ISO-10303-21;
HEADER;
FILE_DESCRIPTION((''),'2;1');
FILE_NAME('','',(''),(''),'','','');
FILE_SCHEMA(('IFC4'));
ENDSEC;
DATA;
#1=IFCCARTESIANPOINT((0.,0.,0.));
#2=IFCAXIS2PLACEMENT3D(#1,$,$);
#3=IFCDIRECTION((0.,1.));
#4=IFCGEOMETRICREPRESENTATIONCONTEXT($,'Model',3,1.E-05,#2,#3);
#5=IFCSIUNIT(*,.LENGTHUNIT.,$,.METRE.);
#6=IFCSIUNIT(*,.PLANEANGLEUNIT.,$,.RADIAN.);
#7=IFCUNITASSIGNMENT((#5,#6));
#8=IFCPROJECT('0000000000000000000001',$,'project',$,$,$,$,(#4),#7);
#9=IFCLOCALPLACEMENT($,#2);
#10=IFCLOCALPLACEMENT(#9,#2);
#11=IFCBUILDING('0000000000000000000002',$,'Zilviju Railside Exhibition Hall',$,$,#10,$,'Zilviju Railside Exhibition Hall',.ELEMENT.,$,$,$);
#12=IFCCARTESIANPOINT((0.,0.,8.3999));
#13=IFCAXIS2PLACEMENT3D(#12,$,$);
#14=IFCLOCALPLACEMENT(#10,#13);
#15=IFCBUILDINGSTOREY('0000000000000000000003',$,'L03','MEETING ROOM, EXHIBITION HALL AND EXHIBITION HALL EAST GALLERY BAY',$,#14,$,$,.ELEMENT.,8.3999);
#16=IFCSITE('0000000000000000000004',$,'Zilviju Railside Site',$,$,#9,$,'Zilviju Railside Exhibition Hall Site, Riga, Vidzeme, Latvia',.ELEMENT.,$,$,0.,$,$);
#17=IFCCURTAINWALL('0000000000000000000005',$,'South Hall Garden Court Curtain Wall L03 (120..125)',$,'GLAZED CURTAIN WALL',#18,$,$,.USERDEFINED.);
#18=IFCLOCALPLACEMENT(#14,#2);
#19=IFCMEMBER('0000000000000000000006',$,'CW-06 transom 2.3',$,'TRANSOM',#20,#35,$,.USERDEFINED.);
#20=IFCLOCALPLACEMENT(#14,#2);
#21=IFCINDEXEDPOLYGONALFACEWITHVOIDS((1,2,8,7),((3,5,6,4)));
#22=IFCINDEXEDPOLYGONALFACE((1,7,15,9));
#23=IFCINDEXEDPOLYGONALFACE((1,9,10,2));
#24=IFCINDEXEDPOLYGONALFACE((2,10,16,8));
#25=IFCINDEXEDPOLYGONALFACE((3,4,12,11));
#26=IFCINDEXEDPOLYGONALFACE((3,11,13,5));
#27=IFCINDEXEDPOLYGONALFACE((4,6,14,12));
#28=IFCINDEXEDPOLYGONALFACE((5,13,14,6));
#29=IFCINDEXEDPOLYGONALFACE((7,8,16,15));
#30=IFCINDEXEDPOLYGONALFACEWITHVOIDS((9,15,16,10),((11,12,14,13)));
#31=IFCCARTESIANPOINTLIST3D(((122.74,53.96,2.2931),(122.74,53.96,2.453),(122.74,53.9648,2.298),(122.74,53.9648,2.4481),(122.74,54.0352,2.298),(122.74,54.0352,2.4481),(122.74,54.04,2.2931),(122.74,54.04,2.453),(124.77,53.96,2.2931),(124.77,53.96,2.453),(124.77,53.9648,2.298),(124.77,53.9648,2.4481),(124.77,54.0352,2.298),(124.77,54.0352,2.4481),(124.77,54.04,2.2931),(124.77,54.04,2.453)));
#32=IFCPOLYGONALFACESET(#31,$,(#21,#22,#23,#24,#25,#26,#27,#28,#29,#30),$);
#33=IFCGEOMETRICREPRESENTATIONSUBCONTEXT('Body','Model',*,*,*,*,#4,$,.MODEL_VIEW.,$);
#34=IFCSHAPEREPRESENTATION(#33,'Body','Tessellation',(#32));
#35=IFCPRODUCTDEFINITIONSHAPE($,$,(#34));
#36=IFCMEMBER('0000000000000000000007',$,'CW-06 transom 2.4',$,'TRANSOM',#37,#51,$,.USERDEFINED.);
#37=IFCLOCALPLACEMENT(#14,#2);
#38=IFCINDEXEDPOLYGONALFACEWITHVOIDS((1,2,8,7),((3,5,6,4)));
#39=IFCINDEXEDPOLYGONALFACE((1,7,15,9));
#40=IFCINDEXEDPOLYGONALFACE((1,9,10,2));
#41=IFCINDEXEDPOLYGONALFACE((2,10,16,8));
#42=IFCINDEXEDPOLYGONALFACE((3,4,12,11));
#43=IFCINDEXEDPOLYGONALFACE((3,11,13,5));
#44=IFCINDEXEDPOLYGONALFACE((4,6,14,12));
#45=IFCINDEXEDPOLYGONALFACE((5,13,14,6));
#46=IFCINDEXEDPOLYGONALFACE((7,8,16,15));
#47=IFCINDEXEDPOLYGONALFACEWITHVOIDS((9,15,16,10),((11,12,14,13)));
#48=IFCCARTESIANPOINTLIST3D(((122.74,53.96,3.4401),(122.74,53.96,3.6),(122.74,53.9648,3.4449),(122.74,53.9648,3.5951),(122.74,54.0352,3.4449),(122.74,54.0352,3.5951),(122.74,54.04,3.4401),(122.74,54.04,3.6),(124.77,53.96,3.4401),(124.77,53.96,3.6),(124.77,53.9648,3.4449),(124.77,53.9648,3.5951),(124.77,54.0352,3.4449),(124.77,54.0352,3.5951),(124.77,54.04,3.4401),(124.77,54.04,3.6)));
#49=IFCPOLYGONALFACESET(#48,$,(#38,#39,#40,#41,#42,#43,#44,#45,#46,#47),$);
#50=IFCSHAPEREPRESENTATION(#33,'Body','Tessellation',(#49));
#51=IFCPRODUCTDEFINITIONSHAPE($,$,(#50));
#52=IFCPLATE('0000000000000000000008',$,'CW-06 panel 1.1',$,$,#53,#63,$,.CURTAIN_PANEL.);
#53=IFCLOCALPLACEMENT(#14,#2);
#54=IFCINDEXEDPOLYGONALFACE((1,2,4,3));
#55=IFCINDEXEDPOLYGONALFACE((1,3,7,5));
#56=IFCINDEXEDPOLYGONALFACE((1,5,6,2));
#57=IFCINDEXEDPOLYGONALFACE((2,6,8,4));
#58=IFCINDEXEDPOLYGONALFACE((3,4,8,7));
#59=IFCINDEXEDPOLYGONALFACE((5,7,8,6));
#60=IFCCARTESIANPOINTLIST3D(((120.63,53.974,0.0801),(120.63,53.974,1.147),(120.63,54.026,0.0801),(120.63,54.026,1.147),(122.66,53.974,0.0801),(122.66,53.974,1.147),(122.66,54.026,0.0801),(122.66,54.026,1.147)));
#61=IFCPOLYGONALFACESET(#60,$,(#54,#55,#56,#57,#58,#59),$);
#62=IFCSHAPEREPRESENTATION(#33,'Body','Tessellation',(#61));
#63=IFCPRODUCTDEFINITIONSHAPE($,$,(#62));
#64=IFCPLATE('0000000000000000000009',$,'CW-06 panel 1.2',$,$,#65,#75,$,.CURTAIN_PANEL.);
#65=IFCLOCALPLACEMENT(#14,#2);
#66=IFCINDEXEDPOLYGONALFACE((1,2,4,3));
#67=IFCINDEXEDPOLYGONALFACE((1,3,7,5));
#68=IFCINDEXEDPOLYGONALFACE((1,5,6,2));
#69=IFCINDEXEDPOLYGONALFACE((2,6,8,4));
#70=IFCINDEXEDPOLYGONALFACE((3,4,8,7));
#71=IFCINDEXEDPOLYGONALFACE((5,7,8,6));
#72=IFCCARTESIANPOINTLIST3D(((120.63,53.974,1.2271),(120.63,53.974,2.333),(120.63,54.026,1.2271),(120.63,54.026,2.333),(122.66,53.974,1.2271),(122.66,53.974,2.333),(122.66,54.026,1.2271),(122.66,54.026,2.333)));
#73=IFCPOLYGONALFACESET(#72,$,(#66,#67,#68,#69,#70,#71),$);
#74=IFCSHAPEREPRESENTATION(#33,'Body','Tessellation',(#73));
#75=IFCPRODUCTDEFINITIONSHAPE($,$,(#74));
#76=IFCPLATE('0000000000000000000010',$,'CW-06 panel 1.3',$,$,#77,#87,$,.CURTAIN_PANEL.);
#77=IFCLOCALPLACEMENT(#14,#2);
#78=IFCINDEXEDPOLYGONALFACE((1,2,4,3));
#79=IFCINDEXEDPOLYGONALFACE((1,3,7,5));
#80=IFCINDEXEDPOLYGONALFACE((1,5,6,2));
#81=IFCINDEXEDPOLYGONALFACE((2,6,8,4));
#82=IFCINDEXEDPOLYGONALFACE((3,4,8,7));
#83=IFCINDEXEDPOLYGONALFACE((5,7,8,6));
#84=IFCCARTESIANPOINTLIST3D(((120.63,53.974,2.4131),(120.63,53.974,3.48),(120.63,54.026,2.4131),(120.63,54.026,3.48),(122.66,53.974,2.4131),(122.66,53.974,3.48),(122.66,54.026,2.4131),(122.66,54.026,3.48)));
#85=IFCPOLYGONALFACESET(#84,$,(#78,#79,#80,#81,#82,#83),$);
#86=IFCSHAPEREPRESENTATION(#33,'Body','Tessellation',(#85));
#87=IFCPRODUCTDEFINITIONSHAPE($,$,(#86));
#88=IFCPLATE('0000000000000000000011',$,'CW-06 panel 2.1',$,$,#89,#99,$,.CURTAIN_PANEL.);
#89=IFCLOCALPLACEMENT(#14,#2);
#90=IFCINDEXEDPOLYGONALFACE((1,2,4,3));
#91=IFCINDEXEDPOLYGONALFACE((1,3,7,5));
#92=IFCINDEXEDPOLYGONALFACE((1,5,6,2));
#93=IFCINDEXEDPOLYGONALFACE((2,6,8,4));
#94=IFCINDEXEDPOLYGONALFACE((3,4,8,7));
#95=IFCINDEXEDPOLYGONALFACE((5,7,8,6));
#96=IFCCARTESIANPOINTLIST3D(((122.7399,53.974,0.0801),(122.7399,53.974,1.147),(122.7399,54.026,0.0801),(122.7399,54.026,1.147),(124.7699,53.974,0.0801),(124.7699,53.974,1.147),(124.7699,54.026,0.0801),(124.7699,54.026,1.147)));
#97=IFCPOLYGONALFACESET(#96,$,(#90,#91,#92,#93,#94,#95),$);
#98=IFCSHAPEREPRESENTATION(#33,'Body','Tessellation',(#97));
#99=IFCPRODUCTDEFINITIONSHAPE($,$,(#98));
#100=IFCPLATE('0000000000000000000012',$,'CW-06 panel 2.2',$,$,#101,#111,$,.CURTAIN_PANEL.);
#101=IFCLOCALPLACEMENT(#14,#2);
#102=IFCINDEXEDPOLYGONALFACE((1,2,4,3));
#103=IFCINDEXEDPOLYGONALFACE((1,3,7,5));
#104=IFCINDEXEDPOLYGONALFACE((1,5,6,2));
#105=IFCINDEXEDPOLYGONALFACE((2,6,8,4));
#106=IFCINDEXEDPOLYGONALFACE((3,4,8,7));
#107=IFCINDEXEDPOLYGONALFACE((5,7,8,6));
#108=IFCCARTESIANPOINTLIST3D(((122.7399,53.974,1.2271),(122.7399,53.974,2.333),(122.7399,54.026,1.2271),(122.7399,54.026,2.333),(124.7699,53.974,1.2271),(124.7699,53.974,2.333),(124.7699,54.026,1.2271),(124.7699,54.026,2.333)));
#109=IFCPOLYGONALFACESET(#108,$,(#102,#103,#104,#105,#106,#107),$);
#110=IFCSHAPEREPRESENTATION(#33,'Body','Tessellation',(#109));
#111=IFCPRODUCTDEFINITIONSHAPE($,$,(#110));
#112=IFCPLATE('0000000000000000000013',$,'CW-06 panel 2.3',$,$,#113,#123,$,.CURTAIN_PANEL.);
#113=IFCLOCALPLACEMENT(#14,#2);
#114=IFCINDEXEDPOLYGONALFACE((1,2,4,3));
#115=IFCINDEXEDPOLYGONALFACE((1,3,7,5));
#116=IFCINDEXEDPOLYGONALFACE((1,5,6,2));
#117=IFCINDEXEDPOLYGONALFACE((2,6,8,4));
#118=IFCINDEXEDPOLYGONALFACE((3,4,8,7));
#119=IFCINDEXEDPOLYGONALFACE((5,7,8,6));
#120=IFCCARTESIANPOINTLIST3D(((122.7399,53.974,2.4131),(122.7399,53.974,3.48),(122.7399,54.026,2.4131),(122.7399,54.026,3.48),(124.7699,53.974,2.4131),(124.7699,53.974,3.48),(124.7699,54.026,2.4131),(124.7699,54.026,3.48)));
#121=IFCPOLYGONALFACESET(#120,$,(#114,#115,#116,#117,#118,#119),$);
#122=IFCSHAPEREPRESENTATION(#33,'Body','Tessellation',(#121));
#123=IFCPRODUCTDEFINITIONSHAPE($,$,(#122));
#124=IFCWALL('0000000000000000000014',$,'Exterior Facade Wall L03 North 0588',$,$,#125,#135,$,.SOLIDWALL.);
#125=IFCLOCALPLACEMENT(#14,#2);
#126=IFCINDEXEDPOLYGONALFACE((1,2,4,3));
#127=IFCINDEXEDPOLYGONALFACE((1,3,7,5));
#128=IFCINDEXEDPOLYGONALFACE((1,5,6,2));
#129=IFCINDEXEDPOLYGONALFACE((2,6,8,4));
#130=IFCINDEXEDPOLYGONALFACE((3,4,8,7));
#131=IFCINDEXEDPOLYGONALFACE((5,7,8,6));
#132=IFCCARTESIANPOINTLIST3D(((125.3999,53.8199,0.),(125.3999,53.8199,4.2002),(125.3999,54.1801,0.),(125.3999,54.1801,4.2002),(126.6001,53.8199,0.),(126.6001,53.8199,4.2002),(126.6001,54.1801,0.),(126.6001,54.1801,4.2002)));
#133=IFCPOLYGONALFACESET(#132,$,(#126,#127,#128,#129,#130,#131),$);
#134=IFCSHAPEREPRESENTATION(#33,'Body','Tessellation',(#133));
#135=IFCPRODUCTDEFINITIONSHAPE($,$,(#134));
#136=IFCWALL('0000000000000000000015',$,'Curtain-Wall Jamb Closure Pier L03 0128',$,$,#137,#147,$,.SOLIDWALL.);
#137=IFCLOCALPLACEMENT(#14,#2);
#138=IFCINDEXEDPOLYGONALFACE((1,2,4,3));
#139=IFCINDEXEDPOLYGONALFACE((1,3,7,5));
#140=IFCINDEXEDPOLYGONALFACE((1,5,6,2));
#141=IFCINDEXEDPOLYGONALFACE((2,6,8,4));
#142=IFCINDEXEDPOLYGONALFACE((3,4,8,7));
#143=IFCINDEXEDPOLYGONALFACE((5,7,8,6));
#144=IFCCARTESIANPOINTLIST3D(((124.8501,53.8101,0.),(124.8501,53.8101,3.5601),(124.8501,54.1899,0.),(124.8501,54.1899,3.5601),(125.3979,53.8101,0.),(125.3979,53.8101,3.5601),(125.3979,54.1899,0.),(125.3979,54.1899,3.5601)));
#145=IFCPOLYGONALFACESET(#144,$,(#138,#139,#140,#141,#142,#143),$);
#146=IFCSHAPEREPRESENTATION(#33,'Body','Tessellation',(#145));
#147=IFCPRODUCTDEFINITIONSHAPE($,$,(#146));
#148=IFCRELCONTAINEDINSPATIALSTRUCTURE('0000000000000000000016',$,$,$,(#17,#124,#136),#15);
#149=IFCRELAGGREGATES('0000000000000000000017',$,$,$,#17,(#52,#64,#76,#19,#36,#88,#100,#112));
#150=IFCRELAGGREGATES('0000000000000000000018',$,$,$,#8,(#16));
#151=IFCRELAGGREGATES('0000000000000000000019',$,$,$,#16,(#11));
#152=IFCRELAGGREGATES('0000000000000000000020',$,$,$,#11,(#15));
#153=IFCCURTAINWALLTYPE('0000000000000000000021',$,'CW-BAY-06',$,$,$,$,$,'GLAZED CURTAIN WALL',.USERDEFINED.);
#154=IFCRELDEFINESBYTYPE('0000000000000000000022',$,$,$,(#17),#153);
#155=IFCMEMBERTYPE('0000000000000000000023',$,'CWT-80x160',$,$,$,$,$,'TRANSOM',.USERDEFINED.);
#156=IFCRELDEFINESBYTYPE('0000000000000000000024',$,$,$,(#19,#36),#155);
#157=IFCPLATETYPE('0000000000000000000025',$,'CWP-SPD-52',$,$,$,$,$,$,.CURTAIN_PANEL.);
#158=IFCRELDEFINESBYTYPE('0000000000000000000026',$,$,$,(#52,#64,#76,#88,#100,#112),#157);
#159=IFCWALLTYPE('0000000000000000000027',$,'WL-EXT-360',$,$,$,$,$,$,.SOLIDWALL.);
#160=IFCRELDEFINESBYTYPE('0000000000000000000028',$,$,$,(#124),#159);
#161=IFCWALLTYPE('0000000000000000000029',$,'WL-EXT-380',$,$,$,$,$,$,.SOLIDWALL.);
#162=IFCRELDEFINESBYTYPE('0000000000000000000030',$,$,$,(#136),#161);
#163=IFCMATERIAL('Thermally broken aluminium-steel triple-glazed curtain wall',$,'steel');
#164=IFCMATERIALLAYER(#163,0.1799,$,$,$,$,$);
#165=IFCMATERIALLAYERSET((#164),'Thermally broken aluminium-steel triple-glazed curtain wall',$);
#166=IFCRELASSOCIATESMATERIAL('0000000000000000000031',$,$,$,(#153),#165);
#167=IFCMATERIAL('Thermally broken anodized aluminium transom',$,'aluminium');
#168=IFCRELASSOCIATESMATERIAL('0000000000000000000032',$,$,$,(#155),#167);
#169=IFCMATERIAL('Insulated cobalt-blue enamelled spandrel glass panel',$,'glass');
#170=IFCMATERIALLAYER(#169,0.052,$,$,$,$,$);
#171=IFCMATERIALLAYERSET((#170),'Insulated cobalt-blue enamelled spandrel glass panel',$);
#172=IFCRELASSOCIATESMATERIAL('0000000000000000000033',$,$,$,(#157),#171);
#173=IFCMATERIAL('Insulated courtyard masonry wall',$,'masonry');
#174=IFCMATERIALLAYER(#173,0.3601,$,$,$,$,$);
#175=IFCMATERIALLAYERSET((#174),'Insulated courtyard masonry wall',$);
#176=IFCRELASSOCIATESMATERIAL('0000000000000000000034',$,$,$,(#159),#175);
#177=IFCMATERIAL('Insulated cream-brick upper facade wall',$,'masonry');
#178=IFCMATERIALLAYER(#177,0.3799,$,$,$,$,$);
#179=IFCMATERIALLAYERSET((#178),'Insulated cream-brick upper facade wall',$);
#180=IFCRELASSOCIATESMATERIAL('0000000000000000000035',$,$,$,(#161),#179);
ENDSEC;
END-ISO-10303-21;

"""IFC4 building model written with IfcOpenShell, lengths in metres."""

from ifc_helpers import new_model, si_unit, direction, frame, frame_2d, origin, origin_2d, place, context, subcontext, project, spatial, rectangle, hollow_rectangle, extrude, material, layer, layer_set, material_profile, profile_set, type_object, element, aggregate, save


model = new_model("IFC4")

# Units and contexts
model_context = context("Model", 3, precision=1e-05, world=origin(), true_north=direction((0.0, 1.0)))
body_context = subcontext(model_context, "Body", "Model", "MODEL_VIEW")
ifc_project = project(units=[si_unit("LENGTHUNIT", "METRE"), si_unit("PLANEANGLEUNIT", "RADIAN")], contexts=[model_context])

# Site, building, storey
site_placement = place(None, origin())
site = spatial("IfcSite", under=ifc_project, at=site_placement, Name="Zilviju Railside Site", LongName="Zilviju Railside Exhibition Hall Site, Riga, Vidzeme, Latvia", CompositionType="ELEMENT", RefElevation=0.0)
building_placement = place(site_placement, origin())
building = spatial("IfcBuilding", under=site, at=building_placement, Name="Zilviju Railside Exhibition Hall", LongName="Zilviju Railside Exhibition Hall", CompositionType="ELEMENT")
storey_placement = place(building_placement, frame((0.0, 0.0, 8.3999)))
storey = spatial("IfcBuildingStorey", under=building, at=storey_placement, Name="L03", Description="MEETING ROOM, EXHIBITION HALL AND EXHIBITION HALL EAST GALLERY BAY", CompositionType="ELEMENT", Elevation=8.3999)

# Curtain wall, members, plates
ifc_material_1 = material(Name="Thermally broken aluminium-steel triple-glazed curtain wall", Category="steel")
ifc_layer_1 = layer(ifc_material_1, 0.1799)
ifc_layer_set_1 = layer_set([ifc_layer_1], Name="Thermally broken aluminium-steel triple-glazed curtain wall")
curtain_wall_type = type_object("IfcCurtainWallType", Name="CW-BAY-06", ElementType="GLAZED CURTAIN WALL", PredefinedType="USERDEFINED", material=ifc_layer_set_1)
curtain_wall_placement = place(storey_placement, origin())
curtain_wall = element("IfcCurtainWall", 1, at=curtain_wall_placement, inside=storey, type_object=curtain_wall_type, Name="South Hall Garden Court Curtain Wall L03 (120..125)", ObjectType="GLAZED CURTAIN WALL", PredefinedType="USERDEFINED")
ifc_material_2 = material(Name="Thermally broken anodized aluminium transom", Category="aluminium")
ifc_material_profile_1 = material_profile(ifc_material_2, hollow_rectangle(XDim=0.0801, YDim=0.1599, WallThickness=0.0049, at=origin_2d()), Name="TRANSOM 160x80x5")
ifc_profile_set_1 = profile_set([ifc_material_profile_1], Name="Thermally broken anodized aluminium transom")
member_type_1 = type_object("IfcMemberType", Name="CWT-80x160", ElementType="TRANSOM", PredefinedType="USERDEFINED", material=ifc_profile_set_1)
member_1_placement = place(storey_placement, frame((122.74, 54.0, 2.373), z_axis=(1.0, 0.0, 0.0), x_axis=(0.0, 1.0, 0.0)))
member_1 = element("IfcMember", 2, at=member_1_placement, type_object=member_type_1, Name="CW-06 transom 2.3", ObjectType="TRANSOM", PredefinedType="USERDEFINED", context=body_context, shape_type="SweptSolid", body=[
    extrude(hollow_rectangle(XDim=0.0801, YDim=0.1599, WallThickness=0.0049, at=origin_2d()), origin(), (0.0, 0.0, 1.0), 2.03),
])
member_2_placement = place(storey_placement, frame((122.74, 54.0, 3.52), z_axis=(1.0, 0.0, 0.0), x_axis=(0.0, 1.0, 0.0)))
member_2 = element("IfcMember", 3, at=member_2_placement, type_object=member_type_1, Name="CW-06 transom 2.4", ObjectType="TRANSOM", PredefinedType="USERDEFINED", context=body_context, shape_type="SweptSolid", body=[
    extrude(hollow_rectangle(XDim=0.0801, YDim=0.1599, WallThickness=0.0049, at=origin_2d()), origin(), (0.0, 0.0, 1.0), 2.03),
])
ifc_material_3 = material(Name="Insulated cobalt-blue enamelled spandrel glass panel", Category="glass")
ifc_layer_2 = layer(ifc_material_3, 0.052)
ifc_layer_set_2 = layer_set([ifc_layer_2], Name="Insulated cobalt-blue enamelled spandrel glass panel")
plate_type = type_object("IfcPlateType", Name="CWP-SPD-52", PredefinedType="CURTAIN_PANEL", material=ifc_layer_set_2)
plate_1_placement = place(storey_placement, frame((121.645, 54.0, 0.0801), z_axis=(0.0, 0.0, 1.0), x_axis=(1.0, 0.0, 0.0)))
plate_1 = element("IfcPlate", 4, at=plate_1_placement, type_object=plate_type, Name="CW-06 panel 1.1", PredefinedType="CURTAIN_PANEL", context=body_context, shape_type="SweptSolid", body=[
    extrude(rectangle(XDim=2.03, YDim=0.052, at=origin_2d()), origin(), (0.0, 0.0, 1.0), 1.0669),
])
plate_2_placement = place(storey_placement, frame((121.645, 54.0, 1.2271), z_axis=(0.0, 0.0, 1.0), x_axis=(1.0, 0.0, 0.0)))
plate_2 = element("IfcPlate", 5, at=plate_2_placement, type_object=plate_type, Name="CW-06 panel 1.2", PredefinedType="CURTAIN_PANEL", context=body_context, shape_type="SweptSolid", body=[
    extrude(rectangle(XDim=2.03, YDim=0.052, at=origin_2d()), origin(), (0.0, 0.0, 1.0), 1.106),
])
plate_3_placement = place(storey_placement, frame((121.645, 54.0, 2.4131), z_axis=(0.0, 0.0, 1.0), x_axis=(1.0, 0.0, 0.0)))
plate_3 = element("IfcPlate", 6, at=plate_3_placement, type_object=plate_type, Name="CW-06 panel 1.3", PredefinedType="CURTAIN_PANEL", context=body_context, shape_type="SweptSolid", body=[
    extrude(rectangle(XDim=2.03, YDim=0.052, at=origin_2d()), origin(), (0.0, 0.0, 1.0), 1.0669),
])
plate_4_placement = place(storey_placement, frame((123.7549, 54.0, 0.0801), z_axis=(0.0, 0.0, 1.0), x_axis=(1.0, 0.0, 0.0)))
plate_4 = element("IfcPlate", 7, at=plate_4_placement, type_object=plate_type, Name="CW-06 panel 2.1", PredefinedType="CURTAIN_PANEL", context=body_context, shape_type="SweptSolid", body=[
    extrude(rectangle(XDim=2.03, YDim=0.052, at=origin_2d()), origin(), (0.0, 0.0, 1.0), 1.0669),
])
plate_5_placement = place(storey_placement, frame((123.7549, 54.0, 1.2271), z_axis=(0.0, 0.0, 1.0), x_axis=(1.0, 0.0, 0.0)))
plate_5 = element("IfcPlate", 8, at=plate_5_placement, type_object=plate_type, Name="CW-06 panel 2.2", PredefinedType="CURTAIN_PANEL", context=body_context, shape_type="SweptSolid", body=[
    extrude(rectangle(XDim=2.03, YDim=0.052, at=origin_2d()), origin(), (0.0, 0.0, 1.0), 1.106),
])
plate_6_placement = place(storey_placement, frame((123.7549, 54.0, 2.4131), z_axis=(0.0, 0.0, 1.0), x_axis=(1.0, 0.0, 0.0)))
plate_6 = element("IfcPlate", 9, at=plate_6_placement, type_object=plate_type, Name="CW-06 panel 2.3", PredefinedType="CURTAIN_PANEL", context=body_context, shape_type="SweptSolid", body=[
    extrude(rectangle(XDim=2.03, YDim=0.052, at=origin_2d()), origin(), (0.0, 0.0, 1.0), 1.0669),
])
aggregate(curtain_wall, [plate_1, plate_2, plate_3, member_1, member_2, plate_4, plate_5, plate_6])

# Walls
ifc_material_4 = material(Name="Insulated courtyard masonry wall", Category="masonry")
ifc_layer_3 = layer(ifc_material_4, 0.3601)
ifc_layer_set_3 = layer_set([ifc_layer_3], Name="Insulated courtyard masonry wall")
wall_type_1 = type_object("IfcWallType", Name="WL-EXT-360", PredefinedType="SOLIDWALL", material=ifc_layer_set_3)
wall_1_placement = place(storey_placement, frame((125.3999, 54.0, 0.0), z_axis=(0.0, 0.0, 1.0), x_axis=(1.0, 0.0, 0.0)))
element("IfcWall", 10, at=wall_1_placement, inside=storey, type_object=wall_type_1, Name="Exterior Facade Wall L03 North 0588", PredefinedType="SOLIDWALL", context=body_context, shape_type="SweptSolid", body=[
    extrude(rectangle(XDim=1.2002, YDim=0.3601, at=frame_2d((0.6001, 0.0))), origin(), (0.0, 0.0, 1.0), 4.2002),
])
ifc_material_5 = material(Name="Insulated cream-brick upper facade wall", Category="masonry")
ifc_layer_4 = layer(ifc_material_5, 0.3799)
ifc_layer_set_4 = layer_set([ifc_layer_4], Name="Insulated cream-brick upper facade wall")
wall_type_2 = type_object("IfcWallType", Name="WL-EXT-380", PredefinedType="SOLIDWALL", material=ifc_layer_set_4)
wall_2_placement = place(storey_placement, frame((124.8501, 54.0, 0.0), z_axis=(0.0, 0.0, 1.0), x_axis=(1.0, 0.0, 0.0)))
element("IfcWall", 11, at=wall_2_placement, inside=storey, type_object=wall_type_2, Name="Curtain-Wall Jamb Closure Pier L03 0128", PredefinedType="SOLIDWALL", context=body_context, shape_type="SweptSolid", body=[
    extrude(rectangle(XDim=0.5479, YDim=0.3799, at=frame_2d((0.2739, 0.0))), origin(), (0.0, 0.0, 1.0), 3.5601),
])

save(model, "model.ifc")
